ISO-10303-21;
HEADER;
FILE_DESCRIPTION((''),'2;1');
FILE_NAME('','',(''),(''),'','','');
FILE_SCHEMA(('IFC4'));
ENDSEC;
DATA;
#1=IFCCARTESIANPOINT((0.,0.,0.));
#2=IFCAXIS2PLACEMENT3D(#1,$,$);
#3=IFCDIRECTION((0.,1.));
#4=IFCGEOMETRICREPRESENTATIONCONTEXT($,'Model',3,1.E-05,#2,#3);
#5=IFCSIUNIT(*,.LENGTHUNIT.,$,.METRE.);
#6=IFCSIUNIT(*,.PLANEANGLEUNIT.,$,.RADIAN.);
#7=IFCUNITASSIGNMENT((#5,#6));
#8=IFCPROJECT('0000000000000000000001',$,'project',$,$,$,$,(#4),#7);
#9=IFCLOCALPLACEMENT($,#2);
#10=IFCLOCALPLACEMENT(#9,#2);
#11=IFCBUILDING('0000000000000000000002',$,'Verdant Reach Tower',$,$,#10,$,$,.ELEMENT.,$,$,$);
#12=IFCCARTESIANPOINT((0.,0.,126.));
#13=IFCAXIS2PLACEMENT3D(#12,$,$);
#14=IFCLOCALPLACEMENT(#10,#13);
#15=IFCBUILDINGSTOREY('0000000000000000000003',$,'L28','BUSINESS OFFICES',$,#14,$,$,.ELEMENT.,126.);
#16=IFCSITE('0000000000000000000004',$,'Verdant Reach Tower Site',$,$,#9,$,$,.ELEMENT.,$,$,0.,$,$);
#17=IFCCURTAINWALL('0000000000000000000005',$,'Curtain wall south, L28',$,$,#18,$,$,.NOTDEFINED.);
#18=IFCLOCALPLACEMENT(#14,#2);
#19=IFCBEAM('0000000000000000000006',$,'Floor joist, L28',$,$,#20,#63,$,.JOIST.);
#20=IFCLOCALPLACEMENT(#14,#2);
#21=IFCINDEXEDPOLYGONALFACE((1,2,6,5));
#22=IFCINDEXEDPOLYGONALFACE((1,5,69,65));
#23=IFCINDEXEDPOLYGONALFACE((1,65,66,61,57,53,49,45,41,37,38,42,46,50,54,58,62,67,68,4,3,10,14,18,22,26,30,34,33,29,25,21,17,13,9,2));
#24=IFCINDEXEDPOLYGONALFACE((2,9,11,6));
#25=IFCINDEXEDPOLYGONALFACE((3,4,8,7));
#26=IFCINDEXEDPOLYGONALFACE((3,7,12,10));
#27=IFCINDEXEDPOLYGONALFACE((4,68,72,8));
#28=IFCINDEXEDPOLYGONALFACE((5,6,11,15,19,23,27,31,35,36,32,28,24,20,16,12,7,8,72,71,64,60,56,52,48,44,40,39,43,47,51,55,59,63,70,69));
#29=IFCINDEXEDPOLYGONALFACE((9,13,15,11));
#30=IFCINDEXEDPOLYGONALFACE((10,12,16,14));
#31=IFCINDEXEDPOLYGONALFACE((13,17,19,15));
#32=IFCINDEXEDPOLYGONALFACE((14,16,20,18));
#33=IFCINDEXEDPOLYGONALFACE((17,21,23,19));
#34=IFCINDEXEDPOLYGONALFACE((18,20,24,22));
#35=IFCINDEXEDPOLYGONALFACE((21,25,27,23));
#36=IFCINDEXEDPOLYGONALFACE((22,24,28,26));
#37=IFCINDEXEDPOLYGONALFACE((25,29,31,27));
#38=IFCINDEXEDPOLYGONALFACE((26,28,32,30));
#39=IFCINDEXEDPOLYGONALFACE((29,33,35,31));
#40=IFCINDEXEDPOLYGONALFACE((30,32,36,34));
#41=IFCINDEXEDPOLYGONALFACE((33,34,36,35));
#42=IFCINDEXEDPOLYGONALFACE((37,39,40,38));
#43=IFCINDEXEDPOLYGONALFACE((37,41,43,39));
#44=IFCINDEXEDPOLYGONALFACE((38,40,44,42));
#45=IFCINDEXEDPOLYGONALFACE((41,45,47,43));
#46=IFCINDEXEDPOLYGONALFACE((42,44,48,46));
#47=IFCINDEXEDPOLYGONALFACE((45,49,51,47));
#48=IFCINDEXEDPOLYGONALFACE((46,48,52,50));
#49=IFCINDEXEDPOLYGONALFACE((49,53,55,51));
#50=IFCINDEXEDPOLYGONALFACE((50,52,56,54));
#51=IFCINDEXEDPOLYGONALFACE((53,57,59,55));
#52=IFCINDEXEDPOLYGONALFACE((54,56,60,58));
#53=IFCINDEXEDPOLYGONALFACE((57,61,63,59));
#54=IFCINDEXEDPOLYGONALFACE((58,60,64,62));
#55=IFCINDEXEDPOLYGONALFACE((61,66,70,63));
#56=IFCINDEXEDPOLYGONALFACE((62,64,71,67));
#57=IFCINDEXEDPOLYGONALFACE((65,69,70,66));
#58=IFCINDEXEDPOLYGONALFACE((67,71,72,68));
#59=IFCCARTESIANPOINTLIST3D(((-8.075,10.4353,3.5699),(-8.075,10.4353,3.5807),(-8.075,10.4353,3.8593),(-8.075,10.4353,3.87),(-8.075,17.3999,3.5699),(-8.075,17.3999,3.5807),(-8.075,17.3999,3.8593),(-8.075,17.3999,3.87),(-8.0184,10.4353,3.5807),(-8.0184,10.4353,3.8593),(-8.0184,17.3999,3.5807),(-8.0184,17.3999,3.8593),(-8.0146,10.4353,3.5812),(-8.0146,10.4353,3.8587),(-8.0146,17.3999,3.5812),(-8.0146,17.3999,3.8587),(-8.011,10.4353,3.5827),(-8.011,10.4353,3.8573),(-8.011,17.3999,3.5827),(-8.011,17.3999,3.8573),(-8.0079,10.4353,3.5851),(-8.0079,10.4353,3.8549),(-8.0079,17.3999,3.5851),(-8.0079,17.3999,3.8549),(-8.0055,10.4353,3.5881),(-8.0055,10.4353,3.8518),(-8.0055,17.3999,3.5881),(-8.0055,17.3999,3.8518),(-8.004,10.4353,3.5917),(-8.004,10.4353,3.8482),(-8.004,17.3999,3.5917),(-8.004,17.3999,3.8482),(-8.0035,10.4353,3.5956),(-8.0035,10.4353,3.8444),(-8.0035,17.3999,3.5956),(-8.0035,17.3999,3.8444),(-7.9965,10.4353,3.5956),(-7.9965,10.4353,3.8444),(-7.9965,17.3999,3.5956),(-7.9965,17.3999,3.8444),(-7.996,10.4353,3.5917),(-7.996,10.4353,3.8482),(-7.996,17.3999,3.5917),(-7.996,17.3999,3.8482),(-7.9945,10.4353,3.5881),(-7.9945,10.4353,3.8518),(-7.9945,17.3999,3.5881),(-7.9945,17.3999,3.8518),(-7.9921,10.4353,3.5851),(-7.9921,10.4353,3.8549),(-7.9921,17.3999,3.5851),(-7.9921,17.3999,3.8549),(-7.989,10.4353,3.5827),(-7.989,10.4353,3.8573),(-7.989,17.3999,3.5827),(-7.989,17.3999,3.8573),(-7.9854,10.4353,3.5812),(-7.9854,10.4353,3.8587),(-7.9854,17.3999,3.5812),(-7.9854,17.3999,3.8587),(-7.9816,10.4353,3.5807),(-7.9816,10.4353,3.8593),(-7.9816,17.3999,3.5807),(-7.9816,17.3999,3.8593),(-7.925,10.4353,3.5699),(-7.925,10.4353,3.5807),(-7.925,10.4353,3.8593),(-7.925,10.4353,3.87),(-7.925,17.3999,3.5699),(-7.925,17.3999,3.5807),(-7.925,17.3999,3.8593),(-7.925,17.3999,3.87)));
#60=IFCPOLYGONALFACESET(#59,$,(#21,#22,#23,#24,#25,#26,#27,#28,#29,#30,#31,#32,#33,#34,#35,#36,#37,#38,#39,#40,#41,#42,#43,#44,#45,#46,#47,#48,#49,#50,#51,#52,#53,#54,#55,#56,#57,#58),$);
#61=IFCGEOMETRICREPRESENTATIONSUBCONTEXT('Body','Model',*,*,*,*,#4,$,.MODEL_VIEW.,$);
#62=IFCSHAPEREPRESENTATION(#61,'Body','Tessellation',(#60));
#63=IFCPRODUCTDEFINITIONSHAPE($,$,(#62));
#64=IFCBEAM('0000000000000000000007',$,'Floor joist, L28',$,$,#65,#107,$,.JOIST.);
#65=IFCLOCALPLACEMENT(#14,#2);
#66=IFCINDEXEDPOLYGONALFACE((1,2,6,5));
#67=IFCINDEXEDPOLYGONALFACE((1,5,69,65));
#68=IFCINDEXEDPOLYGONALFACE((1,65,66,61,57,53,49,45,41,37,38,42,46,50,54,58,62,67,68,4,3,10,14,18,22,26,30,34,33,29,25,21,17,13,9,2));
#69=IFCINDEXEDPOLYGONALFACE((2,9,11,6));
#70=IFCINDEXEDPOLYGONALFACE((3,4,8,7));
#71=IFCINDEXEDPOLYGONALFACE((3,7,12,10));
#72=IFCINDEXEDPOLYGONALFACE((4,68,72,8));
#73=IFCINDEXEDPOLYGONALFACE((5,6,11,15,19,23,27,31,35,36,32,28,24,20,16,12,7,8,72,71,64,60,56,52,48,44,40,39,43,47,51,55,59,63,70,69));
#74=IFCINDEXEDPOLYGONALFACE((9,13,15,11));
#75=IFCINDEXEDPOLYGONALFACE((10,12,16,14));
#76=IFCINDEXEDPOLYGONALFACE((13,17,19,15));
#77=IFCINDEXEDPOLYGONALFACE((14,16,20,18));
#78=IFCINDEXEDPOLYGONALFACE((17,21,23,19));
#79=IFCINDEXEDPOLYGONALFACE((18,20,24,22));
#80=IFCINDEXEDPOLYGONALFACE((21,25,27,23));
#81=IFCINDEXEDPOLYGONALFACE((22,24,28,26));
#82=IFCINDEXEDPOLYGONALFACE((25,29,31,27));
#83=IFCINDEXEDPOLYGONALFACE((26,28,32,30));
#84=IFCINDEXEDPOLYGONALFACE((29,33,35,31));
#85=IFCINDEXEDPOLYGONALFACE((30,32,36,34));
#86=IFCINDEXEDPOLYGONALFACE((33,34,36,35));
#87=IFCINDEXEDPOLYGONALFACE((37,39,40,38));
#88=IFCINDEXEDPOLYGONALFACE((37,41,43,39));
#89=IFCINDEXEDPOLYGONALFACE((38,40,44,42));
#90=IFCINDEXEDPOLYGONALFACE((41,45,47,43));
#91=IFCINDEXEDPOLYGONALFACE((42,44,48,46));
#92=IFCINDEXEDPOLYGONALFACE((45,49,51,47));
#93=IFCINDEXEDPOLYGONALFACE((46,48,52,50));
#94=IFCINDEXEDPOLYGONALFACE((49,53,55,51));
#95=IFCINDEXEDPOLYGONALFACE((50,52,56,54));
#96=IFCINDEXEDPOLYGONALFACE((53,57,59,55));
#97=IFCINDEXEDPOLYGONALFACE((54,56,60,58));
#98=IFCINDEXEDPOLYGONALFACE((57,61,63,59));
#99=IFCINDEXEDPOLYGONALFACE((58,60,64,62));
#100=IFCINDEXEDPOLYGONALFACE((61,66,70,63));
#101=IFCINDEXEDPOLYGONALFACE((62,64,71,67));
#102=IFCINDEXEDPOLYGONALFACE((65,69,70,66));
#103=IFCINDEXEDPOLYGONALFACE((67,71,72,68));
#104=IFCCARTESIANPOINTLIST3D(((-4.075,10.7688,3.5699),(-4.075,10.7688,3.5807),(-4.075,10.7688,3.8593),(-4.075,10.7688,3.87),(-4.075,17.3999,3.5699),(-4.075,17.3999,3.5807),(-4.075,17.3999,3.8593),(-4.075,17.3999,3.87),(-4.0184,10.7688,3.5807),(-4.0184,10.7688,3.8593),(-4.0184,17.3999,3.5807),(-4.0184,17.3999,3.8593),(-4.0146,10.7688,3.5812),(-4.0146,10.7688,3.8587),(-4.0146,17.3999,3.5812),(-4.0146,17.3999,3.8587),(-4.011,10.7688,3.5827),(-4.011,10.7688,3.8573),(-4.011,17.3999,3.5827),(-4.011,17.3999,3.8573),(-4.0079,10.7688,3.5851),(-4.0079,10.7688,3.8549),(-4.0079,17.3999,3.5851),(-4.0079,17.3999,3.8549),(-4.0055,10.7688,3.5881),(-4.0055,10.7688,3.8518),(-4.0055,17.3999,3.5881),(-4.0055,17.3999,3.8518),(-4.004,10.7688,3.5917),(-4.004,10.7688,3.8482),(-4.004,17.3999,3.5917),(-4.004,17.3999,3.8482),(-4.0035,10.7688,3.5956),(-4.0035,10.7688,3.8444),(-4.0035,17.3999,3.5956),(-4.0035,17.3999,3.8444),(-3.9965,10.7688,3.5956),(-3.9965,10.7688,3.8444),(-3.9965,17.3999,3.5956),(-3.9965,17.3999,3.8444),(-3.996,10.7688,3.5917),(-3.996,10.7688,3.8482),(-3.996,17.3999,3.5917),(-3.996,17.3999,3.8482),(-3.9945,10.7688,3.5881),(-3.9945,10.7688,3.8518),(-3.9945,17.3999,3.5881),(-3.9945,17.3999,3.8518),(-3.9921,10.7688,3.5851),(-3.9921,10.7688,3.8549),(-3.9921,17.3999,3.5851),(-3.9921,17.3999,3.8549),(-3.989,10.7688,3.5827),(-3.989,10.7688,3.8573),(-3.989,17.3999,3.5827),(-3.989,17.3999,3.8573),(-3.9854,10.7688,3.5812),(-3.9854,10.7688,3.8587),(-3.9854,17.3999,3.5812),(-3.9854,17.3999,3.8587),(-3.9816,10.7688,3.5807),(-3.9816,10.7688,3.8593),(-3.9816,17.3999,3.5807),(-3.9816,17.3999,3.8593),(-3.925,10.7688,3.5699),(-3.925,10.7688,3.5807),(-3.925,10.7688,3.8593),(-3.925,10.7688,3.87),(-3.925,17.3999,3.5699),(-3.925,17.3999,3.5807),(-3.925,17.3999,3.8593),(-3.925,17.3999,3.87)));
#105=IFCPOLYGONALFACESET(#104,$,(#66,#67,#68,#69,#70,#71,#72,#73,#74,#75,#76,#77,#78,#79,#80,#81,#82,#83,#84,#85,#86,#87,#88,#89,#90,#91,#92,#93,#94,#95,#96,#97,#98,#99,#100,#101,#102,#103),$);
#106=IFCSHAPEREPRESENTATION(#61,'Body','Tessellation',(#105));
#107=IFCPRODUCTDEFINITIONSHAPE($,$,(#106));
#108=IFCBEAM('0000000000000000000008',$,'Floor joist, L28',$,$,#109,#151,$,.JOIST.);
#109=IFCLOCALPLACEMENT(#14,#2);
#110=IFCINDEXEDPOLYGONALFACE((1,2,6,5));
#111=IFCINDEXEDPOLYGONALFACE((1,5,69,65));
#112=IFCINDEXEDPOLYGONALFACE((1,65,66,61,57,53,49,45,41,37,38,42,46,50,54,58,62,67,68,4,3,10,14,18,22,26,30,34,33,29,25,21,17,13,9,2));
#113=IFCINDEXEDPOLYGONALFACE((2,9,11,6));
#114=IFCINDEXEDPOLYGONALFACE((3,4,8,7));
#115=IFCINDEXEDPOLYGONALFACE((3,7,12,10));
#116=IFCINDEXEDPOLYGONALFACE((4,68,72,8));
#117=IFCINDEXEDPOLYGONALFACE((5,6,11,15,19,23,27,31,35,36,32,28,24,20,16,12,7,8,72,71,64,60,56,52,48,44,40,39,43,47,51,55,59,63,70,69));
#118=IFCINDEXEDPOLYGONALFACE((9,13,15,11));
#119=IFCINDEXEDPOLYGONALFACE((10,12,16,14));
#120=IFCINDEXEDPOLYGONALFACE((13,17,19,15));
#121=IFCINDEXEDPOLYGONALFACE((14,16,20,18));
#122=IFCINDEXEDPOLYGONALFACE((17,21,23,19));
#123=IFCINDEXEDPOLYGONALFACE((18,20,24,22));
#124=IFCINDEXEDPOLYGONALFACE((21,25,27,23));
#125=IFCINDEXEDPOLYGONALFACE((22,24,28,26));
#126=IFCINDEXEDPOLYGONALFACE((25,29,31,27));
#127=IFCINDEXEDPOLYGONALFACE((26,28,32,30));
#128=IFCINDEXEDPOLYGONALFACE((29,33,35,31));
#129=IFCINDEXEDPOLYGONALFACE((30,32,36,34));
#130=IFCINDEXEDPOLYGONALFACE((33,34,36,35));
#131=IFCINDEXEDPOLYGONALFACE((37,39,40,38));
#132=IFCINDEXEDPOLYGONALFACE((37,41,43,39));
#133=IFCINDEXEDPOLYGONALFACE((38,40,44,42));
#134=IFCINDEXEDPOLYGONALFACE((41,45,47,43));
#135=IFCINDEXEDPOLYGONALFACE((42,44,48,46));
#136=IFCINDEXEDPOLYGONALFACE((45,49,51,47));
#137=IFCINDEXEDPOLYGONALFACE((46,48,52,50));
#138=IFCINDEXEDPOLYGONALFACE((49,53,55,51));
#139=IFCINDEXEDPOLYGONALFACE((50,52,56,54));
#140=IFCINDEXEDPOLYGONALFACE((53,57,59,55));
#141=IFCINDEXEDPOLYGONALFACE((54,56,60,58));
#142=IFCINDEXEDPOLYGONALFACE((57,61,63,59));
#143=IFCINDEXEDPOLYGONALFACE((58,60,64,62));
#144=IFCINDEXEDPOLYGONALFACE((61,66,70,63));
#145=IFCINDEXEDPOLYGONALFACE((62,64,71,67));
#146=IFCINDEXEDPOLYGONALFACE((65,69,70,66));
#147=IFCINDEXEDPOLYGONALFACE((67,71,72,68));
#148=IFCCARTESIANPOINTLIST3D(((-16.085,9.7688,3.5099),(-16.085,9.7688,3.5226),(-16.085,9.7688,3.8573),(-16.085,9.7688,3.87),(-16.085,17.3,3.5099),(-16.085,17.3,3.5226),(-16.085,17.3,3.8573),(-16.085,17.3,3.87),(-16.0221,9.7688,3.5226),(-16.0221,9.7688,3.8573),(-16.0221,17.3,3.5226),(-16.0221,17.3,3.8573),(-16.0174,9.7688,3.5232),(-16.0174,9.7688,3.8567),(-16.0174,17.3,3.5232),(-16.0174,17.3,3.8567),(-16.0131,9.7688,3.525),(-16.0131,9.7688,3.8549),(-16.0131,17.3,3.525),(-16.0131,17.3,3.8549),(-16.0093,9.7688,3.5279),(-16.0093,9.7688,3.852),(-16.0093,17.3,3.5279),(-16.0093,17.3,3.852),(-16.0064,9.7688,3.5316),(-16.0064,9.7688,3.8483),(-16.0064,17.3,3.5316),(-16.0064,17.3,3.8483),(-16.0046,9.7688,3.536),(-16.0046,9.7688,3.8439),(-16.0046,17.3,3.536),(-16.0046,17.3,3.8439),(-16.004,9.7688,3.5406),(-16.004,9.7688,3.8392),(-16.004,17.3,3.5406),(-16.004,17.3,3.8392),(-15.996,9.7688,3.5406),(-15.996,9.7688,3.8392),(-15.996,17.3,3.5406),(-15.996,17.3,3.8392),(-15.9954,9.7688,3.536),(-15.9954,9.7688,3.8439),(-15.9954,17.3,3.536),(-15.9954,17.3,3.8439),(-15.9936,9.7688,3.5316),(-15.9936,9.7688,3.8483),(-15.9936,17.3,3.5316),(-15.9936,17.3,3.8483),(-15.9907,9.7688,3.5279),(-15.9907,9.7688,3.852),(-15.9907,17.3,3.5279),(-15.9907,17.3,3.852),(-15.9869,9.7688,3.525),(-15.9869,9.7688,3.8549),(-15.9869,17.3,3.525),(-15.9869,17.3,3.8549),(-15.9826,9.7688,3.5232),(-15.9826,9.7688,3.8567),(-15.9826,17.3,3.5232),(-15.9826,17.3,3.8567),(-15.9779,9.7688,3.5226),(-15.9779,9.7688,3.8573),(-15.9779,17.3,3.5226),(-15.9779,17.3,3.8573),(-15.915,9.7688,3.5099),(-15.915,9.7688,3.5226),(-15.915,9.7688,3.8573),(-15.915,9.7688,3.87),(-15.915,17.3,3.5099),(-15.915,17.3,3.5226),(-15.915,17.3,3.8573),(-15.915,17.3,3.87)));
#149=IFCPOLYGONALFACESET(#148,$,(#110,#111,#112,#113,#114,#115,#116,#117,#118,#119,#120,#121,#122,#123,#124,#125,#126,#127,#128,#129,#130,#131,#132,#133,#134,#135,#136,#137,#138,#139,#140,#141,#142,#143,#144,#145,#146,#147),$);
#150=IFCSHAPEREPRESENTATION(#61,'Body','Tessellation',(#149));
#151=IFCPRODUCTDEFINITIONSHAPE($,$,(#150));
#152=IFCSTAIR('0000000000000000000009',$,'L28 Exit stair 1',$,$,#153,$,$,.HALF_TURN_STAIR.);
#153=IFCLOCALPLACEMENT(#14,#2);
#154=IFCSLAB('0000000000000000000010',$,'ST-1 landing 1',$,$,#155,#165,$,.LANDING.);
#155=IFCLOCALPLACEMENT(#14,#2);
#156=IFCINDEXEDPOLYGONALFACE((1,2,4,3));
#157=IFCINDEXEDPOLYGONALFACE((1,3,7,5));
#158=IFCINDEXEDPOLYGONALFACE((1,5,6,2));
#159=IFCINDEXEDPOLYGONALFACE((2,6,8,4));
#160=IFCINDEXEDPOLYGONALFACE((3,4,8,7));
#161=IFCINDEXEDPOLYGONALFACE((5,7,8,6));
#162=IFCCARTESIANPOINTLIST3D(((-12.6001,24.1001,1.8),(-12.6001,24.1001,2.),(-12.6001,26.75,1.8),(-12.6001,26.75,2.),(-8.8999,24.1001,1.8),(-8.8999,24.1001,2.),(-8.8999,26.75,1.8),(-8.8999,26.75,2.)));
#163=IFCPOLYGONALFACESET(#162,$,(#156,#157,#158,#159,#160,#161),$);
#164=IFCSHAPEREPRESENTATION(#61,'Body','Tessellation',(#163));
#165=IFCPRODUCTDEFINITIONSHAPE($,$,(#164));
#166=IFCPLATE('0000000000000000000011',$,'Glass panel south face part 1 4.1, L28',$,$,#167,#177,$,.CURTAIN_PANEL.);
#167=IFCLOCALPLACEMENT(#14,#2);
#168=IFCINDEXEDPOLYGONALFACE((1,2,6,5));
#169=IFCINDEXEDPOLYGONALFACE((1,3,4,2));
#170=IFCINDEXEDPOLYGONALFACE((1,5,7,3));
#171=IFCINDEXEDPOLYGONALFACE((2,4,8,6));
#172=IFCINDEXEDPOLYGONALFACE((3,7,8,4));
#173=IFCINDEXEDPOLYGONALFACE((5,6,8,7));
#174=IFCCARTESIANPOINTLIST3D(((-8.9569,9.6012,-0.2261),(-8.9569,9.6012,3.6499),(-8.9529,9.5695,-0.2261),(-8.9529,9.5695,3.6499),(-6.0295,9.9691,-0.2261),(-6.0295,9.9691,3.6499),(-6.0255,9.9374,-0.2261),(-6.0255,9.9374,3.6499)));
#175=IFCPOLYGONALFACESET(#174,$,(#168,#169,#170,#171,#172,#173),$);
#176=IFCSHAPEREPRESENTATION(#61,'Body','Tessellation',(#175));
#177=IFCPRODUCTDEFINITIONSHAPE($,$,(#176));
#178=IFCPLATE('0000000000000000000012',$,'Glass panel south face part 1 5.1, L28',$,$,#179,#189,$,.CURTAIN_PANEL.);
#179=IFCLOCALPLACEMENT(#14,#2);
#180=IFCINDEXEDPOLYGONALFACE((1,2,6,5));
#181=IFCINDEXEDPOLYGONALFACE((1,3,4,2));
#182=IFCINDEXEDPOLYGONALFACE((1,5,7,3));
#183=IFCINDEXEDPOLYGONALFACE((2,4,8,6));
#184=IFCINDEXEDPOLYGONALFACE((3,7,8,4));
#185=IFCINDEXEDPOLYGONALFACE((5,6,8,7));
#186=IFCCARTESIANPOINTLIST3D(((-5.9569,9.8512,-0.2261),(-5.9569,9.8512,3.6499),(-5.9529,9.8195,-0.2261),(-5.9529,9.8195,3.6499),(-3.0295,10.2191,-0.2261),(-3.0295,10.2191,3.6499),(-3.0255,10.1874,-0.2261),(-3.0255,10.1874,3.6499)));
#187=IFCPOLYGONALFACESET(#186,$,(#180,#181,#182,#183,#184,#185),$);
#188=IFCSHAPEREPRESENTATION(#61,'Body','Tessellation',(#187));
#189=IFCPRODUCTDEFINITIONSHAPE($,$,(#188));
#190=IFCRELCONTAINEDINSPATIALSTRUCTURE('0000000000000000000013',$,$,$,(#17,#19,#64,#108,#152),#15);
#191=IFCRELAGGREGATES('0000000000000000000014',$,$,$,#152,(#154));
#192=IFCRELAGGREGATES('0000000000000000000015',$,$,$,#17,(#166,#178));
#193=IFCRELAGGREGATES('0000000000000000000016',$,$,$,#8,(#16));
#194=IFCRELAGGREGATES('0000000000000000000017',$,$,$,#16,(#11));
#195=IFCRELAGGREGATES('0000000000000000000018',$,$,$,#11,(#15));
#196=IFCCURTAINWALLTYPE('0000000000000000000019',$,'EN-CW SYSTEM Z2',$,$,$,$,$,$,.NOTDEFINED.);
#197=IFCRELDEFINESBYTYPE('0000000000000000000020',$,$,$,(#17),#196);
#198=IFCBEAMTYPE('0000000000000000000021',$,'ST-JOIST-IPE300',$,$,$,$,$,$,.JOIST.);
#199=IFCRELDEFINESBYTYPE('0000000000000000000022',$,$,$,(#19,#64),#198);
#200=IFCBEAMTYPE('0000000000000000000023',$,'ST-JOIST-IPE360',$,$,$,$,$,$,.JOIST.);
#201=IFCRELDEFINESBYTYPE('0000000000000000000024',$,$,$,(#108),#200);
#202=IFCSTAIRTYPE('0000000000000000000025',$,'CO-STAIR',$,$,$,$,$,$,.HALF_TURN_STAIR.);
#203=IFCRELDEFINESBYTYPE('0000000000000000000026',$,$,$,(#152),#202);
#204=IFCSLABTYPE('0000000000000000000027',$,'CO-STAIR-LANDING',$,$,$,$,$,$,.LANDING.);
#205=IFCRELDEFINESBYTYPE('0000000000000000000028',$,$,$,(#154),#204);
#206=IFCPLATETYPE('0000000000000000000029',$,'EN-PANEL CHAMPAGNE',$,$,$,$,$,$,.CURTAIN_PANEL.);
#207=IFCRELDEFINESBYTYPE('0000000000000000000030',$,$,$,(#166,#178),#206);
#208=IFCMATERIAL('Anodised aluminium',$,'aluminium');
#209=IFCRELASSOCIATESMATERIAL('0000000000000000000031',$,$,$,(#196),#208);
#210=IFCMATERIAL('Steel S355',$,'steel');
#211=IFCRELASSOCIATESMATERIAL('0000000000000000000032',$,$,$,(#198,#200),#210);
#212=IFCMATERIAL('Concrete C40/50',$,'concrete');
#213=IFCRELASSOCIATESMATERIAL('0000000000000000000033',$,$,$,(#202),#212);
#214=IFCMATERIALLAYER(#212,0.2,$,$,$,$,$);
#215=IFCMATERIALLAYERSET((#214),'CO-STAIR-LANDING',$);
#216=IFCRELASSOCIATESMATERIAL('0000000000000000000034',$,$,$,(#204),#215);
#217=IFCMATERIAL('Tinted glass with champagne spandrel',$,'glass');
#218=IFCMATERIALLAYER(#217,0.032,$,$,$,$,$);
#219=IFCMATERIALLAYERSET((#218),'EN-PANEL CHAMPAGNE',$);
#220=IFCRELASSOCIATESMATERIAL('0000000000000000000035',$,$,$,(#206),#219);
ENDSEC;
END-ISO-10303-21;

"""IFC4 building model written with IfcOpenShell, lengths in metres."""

from ifc_helpers import new_model, si_unit, direction, frame, origin, origin_2d, place, context, subcontext, project, spatial, polyline, rectangle, i_section, outline, extrude, material, layer, layer_set, material_profile, profile_set, type_object, element, aggregate, save


model = new_model("IFC4")

# Units and contexts
model_context = context("Model", 3, precision=1e-05, world=origin(), true_north=direction((0.0, 1.0)))
body_context = subcontext(model_context, "Body", "Model", "MODEL_VIEW")
ifc_project = project(units=[si_unit("LENGTHUNIT", "METRE"), si_unit("PLANEANGLEUNIT", "RADIAN")], contexts=[model_context])

# Site, building, storey
site_placement = place(None, origin())
site = spatial("IfcSite", under=ifc_project, at=site_placement, Name="Verdant Reach Tower Site", CompositionType="ELEMENT", RefElevation=0.0)
building_placement = place(site_placement, origin())
building = spatial("IfcBuilding", under=site, at=building_placement, Name="Verdant Reach Tower", CompositionType="ELEMENT")
storey_placement = place(building_placement, frame((0.0, 0.0, 126.0)))
storey = spatial("IfcBuildingStorey", under=building, at=storey_placement, Name="L28", Description="BUSINESS OFFICES", CompositionType="ELEMENT", Elevation=126.0)

# Curtain wall
ifc_material_1 = material(Name="Anodised aluminium", Category="aluminium")
curtain_wall_type = type_object("IfcCurtainWallType", Name="EN-CW SYSTEM Z2", PredefinedType="NOTDEFINED", material=ifc_material_1)
curtain_wall_placement = place(storey_placement, origin())
curtain_wall = element("IfcCurtainWall", 1, at=curtain_wall_placement, inside=storey, type_object=curtain_wall_type, Name="Curtain wall south, L28", PredefinedType="NOTDEFINED")

# Beams
ifc_material_2 = material(Name="Steel S355", Category="steel")
ifc_material_profile_1 = material_profile(ifc_material_2, i_section(OverallWidth=0.1499, OverallDepth=0.3, WebThickness=0.0071, FlangeThickness=0.0107, FilletRadius=0.0149, at=origin_2d()), Name="IPE 300")
ifc_profile_set_1 = profile_set([ifc_material_profile_1], Name="Steel S355")
beam_type_1 = type_object("IfcBeamType", Name="ST-JOIST-IPE300", PredefinedType="JOIST", material=ifc_profile_set_1)
beam_1_placement = place(storey_placement, frame((-8.0, 17.3999, 3.72), z_axis=(0.0, -1.0, 0.0), x_axis=(1.0, 0.0, 0.0)))
element("IfcBeam", 2, at=beam_1_placement, inside=storey, type_object=beam_type_1, Name="Floor joist, L28", PredefinedType="JOIST", context=body_context, shape_type="SweptSolid", body=[
    extrude(i_section(OverallWidth=0.1499, OverallDepth=0.3, WebThickness=0.0071, FlangeThickness=0.0107, FilletRadius=0.0149, at=origin_2d()), origin(), (0.0, 0.0, 1.0), 6.9646),
])
beam_2_placement = place(storey_placement, frame((-4.0, 17.3999, 3.72), z_axis=(0.0, -1.0, 0.0), x_axis=(1.0, 0.0, 0.0)))
element("IfcBeam", 3, at=beam_2_placement, inside=storey, type_object=beam_type_1, Name="Floor joist, L28", PredefinedType="JOIST", context=body_context, shape_type="SweptSolid", body=[
    extrude(i_section(OverallWidth=0.1499, OverallDepth=0.3, WebThickness=0.0071, FlangeThickness=0.0107, FilletRadius=0.0149, at=origin_2d()), origin(), (0.0, 0.0, 1.0), 6.6311),
])
ifc_material_profile_2 = material_profile(ifc_material_2, i_section(OverallWidth=0.1699, OverallDepth=0.3601, WebThickness=0.0081, FlangeThickness=0.0127, FilletRadius=0.0181, at=origin_2d()), Name="IPE 360")
ifc_profile_set_2 = profile_set([ifc_material_profile_2], Name="Steel S355")
beam_type_2 = type_object("IfcBeamType", Name="ST-JOIST-IPE360", PredefinedType="JOIST", material=ifc_profile_set_2)
beam_3_placement = place(storey_placement, frame((-16.0, 17.3, 3.6899), z_axis=(0.0, -1.0, 0.0), x_axis=(1.0, 0.0, 0.0)))
element("IfcBeam", 4, at=beam_3_placement, inside=storey, type_object=beam_type_2, Name="Floor joist, L28", PredefinedType="JOIST", context=body_context, shape_type="SweptSolid", body=[
    extrude(i_section(OverallWidth=0.1699, OverallDepth=0.3601, WebThickness=0.0081, FlangeThickness=0.0127, FilletRadius=0.0181, at=origin_2d()), origin(), (0.0, 0.0, 1.0), 7.5312),
])

# Stair, slab
ifc_material_3 = material(Name="Concrete C40/50", Category="concrete")
stair_type = type_object("IfcStairType", Name="CO-STAIR", PredefinedType="HALF_TURN_STAIR", material=ifc_material_3)
stair_placement = place(storey_placement, origin())
stair = element("IfcStair", 5, at=stair_placement, inside=storey, type_object=stair_type, Name="L28 Exit stair 1", PredefinedType="HALF_TURN_STAIR")
ifc_layer_1 = layer(ifc_material_3, 0.2)
ifc_layer_set_1 = layer_set([ifc_layer_1], Name="CO-STAIR-LANDING")
slab_type_1 = type_object("IfcSlabType", Name="CO-STAIR-LANDING", PredefinedType="LANDING", material=ifc_layer_set_1)
slab_1_placement = place(storey_placement, frame((0.0, 0.0, 1.8)))
slab_1 = element("IfcSlab", 6, at=slab_1_placement, type_object=slab_type_1, Name="ST-1 landing 1", PredefinedType="LANDING", context=body_context, shape_type="SweptSolid", body=[
    extrude(outline(polyline([(-12.6001, 26.75), (-12.6001, 24.1001), (-8.8999, 24.1001), (-8.8999, 26.75), (-12.6001, 26.75)])), origin(), (0.0, 0.0, 1.0), 0.2),
])
aggregate(stair, [slab_1])

# Plates
ifc_material_4 = material(Name="Tinted glass with champagne spandrel", Category="glass")
ifc_layer_2 = layer(ifc_material_4, 0.032)
ifc_layer_set_2 = layer_set([ifc_layer_2], Name="EN-PANEL CHAMPAGNE")
plate_type_1 = type_object("IfcPlateType", Name="EN-PANEL CHAMPAGNE", PredefinedType="CURTAIN_PANEL", material=ifc_layer_set_2)
plate_1_placement = place(storey_placement, frame((-7.4912, 9.7693, -0.2261), z_axis=(0.0, 0.0, 1.0), x_axis=(0.992194, 0.124704, 0.0)))
plate_1 = element("IfcPlate", 7, at=plate_1_placement, type_object=plate_type_1, Name="Glass panel south face part 1 4.1, L28", PredefinedType="CURTAIN_PANEL", context=body_context, shape_type="SweptSolid", body=[
    extrude(rectangle(XDim=2.9504, YDim=0.032, at=origin_2d()), origin(), (0.0, 0.0, 1.0), 3.876),
])
plate_2_placement = place(storey_placement, frame((-4.4912, 10.0193, -0.2261), z_axis=(0.0, 0.0, 1.0), x_axis=(0.992194, 0.124704, 0.0)))
plate_2 = element("IfcPlate", 8, at=plate_2_placement, type_object=plate_type_1, Name="Glass panel south face part 1 5.1, L28", PredefinedType="CURTAIN_PANEL", context=body_context, shape_type="SweptSolid", body=[
    extrude(rectangle(XDim=2.9504, YDim=0.032, at=origin_2d()), origin(), (0.0, 0.0, 1.0), 3.876),
])
aggregate(curtain_wall, [plate_1, plate_2])

save(model, "model.ifc")
